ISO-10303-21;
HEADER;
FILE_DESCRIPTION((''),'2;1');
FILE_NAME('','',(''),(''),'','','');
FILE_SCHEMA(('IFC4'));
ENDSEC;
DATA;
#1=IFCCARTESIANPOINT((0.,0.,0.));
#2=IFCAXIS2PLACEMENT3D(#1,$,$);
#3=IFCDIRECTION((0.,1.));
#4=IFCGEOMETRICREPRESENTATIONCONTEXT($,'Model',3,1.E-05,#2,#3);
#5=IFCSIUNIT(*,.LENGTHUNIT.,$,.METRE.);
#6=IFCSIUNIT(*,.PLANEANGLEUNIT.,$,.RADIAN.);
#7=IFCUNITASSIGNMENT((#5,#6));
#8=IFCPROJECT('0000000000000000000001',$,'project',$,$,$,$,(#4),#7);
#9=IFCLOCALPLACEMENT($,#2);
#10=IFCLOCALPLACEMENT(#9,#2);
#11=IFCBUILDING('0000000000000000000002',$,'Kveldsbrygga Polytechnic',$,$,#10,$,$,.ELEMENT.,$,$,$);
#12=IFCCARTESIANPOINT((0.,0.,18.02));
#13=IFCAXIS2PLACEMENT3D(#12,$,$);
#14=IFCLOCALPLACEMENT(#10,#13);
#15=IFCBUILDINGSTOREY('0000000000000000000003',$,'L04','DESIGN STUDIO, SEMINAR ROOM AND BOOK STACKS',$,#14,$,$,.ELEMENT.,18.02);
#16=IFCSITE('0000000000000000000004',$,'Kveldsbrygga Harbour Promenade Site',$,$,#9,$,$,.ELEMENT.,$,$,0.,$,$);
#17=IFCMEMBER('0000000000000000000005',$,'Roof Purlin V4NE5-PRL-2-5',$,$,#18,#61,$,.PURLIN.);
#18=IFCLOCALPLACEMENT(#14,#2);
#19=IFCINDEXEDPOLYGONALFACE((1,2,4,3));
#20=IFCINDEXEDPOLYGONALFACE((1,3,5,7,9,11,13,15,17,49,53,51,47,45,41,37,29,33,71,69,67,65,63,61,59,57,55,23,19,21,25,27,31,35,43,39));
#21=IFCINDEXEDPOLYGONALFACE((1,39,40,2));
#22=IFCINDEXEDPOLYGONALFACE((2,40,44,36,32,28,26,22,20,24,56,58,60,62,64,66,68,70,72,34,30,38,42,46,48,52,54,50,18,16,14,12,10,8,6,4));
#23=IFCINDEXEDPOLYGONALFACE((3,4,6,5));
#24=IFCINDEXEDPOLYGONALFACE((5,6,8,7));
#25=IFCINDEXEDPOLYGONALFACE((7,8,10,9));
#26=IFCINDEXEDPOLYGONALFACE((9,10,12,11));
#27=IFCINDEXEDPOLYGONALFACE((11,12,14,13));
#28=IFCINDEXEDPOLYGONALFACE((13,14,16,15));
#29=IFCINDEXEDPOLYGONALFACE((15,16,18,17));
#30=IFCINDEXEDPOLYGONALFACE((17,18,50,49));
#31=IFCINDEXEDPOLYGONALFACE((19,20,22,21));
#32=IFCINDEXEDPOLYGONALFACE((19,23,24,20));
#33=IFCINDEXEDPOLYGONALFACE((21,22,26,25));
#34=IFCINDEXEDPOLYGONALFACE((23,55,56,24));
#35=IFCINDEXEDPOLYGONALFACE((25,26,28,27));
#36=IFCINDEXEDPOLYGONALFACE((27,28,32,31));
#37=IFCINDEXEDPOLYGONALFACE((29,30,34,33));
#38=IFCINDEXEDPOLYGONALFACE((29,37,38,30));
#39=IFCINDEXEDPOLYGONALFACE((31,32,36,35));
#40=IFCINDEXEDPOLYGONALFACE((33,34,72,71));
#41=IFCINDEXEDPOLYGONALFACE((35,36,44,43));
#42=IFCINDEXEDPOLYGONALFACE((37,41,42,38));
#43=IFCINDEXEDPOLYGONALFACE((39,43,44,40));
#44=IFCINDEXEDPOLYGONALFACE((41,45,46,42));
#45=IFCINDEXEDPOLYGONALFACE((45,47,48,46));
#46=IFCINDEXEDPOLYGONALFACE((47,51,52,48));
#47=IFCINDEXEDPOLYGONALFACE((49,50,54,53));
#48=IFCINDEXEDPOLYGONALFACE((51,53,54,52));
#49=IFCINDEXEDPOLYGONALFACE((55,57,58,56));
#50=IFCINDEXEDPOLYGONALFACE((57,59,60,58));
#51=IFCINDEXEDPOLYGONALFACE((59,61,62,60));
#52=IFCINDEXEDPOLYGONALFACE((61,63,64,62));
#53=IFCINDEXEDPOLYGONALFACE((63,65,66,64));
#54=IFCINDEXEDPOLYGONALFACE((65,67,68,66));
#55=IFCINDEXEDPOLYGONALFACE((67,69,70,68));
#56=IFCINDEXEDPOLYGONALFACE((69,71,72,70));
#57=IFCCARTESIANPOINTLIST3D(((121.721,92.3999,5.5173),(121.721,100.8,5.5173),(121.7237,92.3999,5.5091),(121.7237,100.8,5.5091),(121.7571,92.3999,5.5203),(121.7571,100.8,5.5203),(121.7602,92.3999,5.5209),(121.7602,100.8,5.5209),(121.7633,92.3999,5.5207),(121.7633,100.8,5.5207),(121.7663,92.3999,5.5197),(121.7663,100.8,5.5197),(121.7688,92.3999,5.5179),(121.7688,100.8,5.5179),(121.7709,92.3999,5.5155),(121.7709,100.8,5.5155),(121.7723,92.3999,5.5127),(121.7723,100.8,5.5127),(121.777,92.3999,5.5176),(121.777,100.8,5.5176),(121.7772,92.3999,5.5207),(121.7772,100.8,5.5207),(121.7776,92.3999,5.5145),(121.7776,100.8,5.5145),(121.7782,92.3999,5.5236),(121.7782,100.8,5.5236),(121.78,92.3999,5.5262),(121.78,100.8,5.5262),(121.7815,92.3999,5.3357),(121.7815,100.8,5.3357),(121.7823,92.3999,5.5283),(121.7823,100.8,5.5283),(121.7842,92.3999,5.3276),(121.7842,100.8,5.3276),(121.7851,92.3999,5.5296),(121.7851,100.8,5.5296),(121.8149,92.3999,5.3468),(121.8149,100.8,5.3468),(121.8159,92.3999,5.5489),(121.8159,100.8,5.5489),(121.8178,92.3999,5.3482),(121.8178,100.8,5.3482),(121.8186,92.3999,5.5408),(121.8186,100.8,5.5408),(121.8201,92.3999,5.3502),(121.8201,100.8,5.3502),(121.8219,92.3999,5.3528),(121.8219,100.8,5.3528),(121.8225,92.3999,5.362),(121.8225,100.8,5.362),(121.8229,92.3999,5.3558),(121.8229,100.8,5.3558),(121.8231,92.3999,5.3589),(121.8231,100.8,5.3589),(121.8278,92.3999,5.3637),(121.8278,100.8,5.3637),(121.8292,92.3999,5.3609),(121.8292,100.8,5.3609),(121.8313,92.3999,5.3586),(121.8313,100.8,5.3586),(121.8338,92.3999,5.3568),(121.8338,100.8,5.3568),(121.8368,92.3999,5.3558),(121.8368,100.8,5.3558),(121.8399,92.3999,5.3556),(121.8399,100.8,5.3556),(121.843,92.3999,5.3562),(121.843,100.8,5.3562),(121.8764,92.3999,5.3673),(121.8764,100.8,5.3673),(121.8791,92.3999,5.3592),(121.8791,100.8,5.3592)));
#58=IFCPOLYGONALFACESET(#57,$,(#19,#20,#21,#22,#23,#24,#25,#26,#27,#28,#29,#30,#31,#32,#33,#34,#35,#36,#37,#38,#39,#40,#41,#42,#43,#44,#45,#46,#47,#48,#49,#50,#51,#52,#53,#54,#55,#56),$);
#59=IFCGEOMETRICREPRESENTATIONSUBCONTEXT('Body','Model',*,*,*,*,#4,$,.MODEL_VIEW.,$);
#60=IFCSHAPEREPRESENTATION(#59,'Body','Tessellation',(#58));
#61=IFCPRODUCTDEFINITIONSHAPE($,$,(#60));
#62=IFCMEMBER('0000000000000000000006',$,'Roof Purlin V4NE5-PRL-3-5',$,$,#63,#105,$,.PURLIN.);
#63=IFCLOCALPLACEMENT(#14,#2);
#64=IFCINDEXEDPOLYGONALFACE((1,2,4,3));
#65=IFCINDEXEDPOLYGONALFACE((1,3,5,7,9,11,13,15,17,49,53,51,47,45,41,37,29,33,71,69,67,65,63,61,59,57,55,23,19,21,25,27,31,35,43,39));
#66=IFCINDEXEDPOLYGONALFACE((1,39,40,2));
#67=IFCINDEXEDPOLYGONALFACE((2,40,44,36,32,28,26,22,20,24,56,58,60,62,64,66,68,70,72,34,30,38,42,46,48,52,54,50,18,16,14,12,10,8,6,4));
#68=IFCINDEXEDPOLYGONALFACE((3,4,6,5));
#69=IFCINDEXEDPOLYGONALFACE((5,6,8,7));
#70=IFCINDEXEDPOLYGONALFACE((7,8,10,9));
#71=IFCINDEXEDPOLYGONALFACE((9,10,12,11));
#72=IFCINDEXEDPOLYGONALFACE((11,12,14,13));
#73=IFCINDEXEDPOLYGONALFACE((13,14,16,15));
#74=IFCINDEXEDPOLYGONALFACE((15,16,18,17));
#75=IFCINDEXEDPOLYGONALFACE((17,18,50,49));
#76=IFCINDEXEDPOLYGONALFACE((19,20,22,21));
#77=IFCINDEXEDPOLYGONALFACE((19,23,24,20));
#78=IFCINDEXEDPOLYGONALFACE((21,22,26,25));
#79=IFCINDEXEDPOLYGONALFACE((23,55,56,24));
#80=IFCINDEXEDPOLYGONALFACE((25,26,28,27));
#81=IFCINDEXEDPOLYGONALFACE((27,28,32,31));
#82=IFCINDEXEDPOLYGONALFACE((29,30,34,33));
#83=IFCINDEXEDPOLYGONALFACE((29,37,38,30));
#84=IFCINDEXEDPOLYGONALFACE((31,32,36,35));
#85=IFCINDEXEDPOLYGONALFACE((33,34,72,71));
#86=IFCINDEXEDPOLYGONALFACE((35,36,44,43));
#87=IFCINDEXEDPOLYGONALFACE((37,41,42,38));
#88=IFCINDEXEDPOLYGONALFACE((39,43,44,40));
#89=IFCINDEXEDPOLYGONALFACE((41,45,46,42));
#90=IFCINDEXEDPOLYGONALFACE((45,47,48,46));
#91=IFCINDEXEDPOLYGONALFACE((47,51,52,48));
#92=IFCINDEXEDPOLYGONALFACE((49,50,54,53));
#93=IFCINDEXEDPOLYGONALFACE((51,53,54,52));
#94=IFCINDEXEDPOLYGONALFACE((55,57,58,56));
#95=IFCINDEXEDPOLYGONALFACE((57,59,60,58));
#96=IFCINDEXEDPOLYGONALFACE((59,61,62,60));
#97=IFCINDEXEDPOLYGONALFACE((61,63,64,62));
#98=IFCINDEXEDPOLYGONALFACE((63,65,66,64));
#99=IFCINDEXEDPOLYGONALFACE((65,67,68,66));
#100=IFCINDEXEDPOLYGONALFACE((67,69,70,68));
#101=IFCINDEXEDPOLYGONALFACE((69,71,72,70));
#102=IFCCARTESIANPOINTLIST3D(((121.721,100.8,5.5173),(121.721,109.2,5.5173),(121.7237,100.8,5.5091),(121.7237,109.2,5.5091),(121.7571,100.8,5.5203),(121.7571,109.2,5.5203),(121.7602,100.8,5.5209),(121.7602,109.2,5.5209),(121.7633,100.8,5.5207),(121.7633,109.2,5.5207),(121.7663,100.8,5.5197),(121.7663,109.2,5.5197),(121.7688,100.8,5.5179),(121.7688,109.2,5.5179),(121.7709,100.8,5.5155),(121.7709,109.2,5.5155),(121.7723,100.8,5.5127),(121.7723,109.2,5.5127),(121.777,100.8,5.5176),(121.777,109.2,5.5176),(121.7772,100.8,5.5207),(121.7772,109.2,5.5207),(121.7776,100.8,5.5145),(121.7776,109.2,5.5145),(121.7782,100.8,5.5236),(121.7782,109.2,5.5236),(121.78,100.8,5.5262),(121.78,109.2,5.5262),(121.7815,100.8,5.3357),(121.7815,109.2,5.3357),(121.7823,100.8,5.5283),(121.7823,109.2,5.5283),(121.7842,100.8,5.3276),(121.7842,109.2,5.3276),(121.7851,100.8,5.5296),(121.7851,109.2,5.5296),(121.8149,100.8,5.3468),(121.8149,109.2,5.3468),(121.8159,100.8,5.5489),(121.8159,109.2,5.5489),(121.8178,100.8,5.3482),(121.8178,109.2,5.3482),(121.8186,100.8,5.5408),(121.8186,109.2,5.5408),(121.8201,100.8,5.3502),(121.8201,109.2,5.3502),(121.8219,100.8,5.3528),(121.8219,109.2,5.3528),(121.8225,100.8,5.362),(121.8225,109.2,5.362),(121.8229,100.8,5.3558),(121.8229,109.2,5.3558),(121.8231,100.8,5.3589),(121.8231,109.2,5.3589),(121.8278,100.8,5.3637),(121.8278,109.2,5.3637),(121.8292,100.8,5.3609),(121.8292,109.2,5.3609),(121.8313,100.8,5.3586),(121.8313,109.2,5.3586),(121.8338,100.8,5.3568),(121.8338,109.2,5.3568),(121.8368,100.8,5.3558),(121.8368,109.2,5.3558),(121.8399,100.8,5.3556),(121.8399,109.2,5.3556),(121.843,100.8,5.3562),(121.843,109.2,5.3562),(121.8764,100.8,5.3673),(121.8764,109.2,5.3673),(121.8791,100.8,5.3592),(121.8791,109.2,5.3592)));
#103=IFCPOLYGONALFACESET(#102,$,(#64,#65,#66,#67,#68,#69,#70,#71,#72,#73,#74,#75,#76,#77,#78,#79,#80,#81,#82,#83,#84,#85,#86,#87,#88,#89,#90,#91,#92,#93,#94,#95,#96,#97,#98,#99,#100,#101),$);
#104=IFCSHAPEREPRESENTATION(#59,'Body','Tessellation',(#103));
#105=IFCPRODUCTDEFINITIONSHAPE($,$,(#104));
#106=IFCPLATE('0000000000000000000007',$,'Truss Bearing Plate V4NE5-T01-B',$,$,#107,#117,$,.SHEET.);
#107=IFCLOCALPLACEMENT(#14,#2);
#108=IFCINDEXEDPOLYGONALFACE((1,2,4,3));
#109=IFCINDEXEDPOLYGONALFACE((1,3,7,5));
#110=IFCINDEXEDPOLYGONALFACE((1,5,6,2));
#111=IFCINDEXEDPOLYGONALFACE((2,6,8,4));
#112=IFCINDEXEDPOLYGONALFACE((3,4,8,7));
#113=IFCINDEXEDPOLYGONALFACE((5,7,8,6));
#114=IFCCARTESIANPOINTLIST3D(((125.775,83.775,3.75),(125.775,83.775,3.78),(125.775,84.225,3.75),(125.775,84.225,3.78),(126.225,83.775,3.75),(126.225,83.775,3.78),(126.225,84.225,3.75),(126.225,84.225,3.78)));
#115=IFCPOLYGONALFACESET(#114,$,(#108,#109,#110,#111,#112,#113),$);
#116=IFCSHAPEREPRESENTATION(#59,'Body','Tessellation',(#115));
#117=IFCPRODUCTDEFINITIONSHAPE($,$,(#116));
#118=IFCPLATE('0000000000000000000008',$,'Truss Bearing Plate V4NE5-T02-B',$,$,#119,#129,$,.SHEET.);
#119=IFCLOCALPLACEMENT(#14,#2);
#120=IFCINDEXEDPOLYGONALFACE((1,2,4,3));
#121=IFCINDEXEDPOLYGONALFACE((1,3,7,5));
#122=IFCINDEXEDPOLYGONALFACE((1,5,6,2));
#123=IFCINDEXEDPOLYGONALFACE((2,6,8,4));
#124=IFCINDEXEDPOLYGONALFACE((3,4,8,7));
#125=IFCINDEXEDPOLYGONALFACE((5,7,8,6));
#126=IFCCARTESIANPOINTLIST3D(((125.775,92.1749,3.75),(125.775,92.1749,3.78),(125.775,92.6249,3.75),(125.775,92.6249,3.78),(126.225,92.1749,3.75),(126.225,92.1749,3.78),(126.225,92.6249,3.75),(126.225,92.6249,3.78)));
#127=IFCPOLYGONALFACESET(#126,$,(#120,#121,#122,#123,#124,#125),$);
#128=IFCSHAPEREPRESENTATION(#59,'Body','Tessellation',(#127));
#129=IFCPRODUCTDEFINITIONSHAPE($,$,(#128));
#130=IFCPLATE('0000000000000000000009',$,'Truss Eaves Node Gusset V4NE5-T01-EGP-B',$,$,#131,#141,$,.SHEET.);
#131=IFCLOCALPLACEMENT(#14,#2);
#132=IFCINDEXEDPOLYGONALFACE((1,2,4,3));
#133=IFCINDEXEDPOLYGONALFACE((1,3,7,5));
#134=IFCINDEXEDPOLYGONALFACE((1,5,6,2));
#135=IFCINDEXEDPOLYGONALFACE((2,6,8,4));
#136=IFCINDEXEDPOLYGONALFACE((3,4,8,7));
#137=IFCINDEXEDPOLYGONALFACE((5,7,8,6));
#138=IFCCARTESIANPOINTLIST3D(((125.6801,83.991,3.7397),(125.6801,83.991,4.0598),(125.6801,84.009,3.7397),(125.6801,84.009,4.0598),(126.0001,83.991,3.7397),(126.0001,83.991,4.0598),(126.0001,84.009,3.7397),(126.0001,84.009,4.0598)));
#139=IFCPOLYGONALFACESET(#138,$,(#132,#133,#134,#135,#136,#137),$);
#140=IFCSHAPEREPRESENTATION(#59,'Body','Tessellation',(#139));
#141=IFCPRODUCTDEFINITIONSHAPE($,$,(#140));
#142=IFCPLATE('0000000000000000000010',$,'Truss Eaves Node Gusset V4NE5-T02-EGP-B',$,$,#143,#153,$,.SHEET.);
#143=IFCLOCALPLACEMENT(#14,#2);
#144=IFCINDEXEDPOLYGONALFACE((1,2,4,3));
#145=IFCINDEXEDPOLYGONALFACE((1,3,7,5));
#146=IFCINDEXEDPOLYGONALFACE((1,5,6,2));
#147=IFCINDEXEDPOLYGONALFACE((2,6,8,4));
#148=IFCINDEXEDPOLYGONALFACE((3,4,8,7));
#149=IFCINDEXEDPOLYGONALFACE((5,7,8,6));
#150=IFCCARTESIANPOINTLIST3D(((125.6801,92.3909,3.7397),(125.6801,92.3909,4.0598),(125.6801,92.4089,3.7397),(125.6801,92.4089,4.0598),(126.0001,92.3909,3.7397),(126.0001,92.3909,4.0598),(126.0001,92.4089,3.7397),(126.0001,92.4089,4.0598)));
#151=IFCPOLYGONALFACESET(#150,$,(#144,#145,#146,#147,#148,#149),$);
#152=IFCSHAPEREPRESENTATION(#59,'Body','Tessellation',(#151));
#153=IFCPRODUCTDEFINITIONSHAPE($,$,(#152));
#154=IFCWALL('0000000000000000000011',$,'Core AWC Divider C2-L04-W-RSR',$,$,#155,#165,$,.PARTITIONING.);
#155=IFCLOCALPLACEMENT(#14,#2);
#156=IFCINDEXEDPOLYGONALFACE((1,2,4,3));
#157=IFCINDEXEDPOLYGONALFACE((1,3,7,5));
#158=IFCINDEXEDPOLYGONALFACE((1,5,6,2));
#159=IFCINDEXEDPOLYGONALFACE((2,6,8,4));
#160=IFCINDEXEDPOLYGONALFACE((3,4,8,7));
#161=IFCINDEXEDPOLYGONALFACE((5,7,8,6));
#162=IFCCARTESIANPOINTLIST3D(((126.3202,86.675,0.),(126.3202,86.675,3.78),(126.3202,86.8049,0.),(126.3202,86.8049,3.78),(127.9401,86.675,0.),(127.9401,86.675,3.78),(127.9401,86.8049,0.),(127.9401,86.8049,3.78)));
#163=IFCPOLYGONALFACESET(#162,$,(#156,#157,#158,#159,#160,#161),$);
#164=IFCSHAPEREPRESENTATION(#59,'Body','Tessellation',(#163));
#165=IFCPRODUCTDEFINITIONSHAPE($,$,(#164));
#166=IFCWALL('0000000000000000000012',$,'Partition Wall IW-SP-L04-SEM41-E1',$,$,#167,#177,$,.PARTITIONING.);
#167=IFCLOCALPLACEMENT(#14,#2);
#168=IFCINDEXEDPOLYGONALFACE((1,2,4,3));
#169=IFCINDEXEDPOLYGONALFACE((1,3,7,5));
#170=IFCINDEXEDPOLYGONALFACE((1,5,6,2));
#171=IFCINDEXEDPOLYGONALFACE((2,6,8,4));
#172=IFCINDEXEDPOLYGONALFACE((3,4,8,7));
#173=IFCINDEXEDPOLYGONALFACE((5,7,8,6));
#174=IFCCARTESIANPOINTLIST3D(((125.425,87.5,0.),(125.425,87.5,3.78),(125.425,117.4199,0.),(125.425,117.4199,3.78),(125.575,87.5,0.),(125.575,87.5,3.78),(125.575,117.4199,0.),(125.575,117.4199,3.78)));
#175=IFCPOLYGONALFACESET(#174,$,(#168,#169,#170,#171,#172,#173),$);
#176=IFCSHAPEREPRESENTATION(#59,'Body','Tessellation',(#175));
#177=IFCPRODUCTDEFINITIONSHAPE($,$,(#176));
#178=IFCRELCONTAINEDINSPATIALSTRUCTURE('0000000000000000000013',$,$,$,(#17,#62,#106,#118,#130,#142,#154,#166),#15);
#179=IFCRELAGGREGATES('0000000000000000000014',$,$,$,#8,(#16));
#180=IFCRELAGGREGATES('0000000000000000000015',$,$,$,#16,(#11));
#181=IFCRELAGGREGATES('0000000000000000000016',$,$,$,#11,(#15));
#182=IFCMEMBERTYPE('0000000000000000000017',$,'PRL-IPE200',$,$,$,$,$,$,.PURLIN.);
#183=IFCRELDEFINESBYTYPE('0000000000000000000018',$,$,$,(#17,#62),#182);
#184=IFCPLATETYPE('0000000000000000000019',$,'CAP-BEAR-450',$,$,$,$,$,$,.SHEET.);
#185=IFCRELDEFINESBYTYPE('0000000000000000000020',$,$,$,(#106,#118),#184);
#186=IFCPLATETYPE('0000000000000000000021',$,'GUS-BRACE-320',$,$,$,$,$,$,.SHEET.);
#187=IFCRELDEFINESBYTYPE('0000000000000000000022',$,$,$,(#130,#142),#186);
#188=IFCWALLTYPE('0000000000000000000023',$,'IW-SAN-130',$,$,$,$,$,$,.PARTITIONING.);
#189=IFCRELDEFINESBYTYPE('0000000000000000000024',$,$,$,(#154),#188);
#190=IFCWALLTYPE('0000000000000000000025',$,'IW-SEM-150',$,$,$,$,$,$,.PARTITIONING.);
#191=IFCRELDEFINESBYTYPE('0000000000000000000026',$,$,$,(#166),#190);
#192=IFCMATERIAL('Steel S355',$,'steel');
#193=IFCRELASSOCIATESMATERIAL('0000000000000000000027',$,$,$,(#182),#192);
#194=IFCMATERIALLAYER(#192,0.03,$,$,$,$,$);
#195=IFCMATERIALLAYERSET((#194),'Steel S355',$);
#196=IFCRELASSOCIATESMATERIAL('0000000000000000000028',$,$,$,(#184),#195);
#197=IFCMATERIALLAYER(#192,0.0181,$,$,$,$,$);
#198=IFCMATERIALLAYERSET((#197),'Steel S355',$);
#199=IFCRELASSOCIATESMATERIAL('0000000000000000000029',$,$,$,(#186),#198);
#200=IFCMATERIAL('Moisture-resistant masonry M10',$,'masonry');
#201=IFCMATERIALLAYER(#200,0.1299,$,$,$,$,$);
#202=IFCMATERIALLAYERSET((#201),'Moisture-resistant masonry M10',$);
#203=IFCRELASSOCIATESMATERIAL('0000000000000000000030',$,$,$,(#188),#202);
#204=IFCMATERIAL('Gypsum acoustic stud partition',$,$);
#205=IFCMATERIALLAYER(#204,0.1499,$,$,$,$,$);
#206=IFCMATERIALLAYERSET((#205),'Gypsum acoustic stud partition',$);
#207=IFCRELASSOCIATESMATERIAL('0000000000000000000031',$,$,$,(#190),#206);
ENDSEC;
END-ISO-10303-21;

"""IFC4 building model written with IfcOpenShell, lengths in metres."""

from ifc_helpers import new_model, si_unit, direction, frame, frame_2d, origin, origin_2d, place, context, subcontext, project, spatial, rectangle, i_section, extrude, material, layer, layer_set, material_profile, profile_set, type_object, element, save


model = new_model("IFC4")

# Units and contexts
model_context = context("Model", 3, precision=1e-05, world=origin(), true_north=direction((0.0, 1.0)))
body_context = subcontext(model_context, "Body", "Model", "MODEL_VIEW")
ifc_project = project(units=[si_unit("LENGTHUNIT", "METRE"), si_unit("PLANEANGLEUNIT", "RADIAN")], contexts=[model_context])

# Site, building, storey
site_placement = place(None, origin())
site = spatial("IfcSite", under=ifc_project, at=site_placement, Name="Kveldsbrygga Harbour Promenade Site", CompositionType="ELEMENT", RefElevation=0.0)
building_placement = place(site_placement, origin())
building = spatial("IfcBuilding", under=site, at=building_placement, Name="Kveldsbrygga Polytechnic", CompositionType="ELEMENT")
storey_placement = place(building_placement, frame((0.0, 0.0, 18.02)))
storey = spatial("IfcBuildingStorey", under=building, at=storey_placement, Name="L04", Description="DESIGN STUDIO, SEMINAR ROOM AND BOOK STACKS", CompositionType="ELEMENT", Elevation=18.02)

# Members
ifc_material_1 = material(Name="Steel S355", Category="steel")
ifc_material_profile_1 = material_profile(ifc_material_1, i_section(OverallWidth=0.1001, OverallDepth=0.2, WebThickness=0.0056, FlangeThickness=0.0085, FilletRadius=0.012, at=origin_2d()), Name="IPE 200")
ifc_profile_set_1 = profile_set([ifc_material_profile_1], Name="Steel S355")
member_type_1 = type_object("IfcMemberType", Name="PRL-IPE200", PredefinedType="PURLIN", material=ifc_profile_set_1)
member_1_placement = place(storey_placement, frame((121.8, 92.3999, 5.4382), z_axis=(0.0, 1.0, 0.0), x_axis=(-0.948684, 0.0, -0.316227)))
element("IfcMember", 1, at=member_1_placement, inside=storey, type_object=member_type_1, Name="Roof Purlin V4NE5-PRL-2-5", PredefinedType="PURLIN", context=body_context, shape_type="SweptSolid", body=[
    extrude(i_section(OverallWidth=0.1001, OverallDepth=0.2, WebThickness=0.0056, FlangeThickness=0.0085, FilletRadius=0.012, at=origin_2d()), origin(), (0.0, 0.0, 1.0), 8.4001),
])
member_2_placement = place(storey_placement, frame((121.8, 100.8, 5.4382), z_axis=(0.0, 1.0, 0.0), x_axis=(-0.948684, 0.0, -0.316227)))
element("IfcMember", 2, at=member_2_placement, inside=storey, type_object=member_type_1, Name="Roof Purlin V4NE5-PRL-3-5", PredefinedType="PURLIN", context=body_context, shape_type="SweptSolid", body=[
    extrude(i_section(OverallWidth=0.1001, OverallDepth=0.2, WebThickness=0.0056, FlangeThickness=0.0085, FilletRadius=0.012, at=origin_2d()), origin(), (0.0, 0.0, 1.0), 8.3999),
])

# Plates
ifc_layer_1 = layer(ifc_material_1, 0.03)
ifc_layer_set_1 = layer_set([ifc_layer_1], Name="Steel S355")
plate_type_1 = type_object("IfcPlateType", Name="CAP-BEAR-450", PredefinedType="SHEET", material=ifc_layer_set_1)
for number, where, z_axis, x_axis, name in (
    (3, (126.0, 84.0, 3.75), (0.0, 0.0, 1.0), (1.0, 0.0, 0.0), "Truss Bearing Plate V4NE5-T01-B"),
    (4, (126.0, 92.3999, 3.75), (0.0, 0.0, 1.0), (1.0, 0.0, 0.0), "Truss Bearing Plate V4NE5-T02-B"),
):
    element("IfcPlate", number, at=place(storey_placement, frame(where, z_axis=z_axis, x_axis=x_axis)), inside=storey, type_object=plate_type_1, Name=name, PredefinedType="SHEET", context=body_context, shape_type="SweptSolid", body=[
        extrude(rectangle(XDim=0.45, YDim=0.45, at=origin_2d()), origin(), (0.0, 0.0, 1.0), 0.03),
    ])
ifc_layer_2 = layer(ifc_material_1, 0.0181)
ifc_layer_set_2 = layer_set([ifc_layer_2], Name="Steel S355")
plate_type_2 = type_object("IfcPlateType", Name="GUS-BRACE-320", PredefinedType="SHEET", material=ifc_layer_set_2)
for number, where, z_axis, x_axis, name in (
    (5, (125.8401, 84.0, 3.7397), (0.0, 0.0, 1.0), (1.0, 0.0, 0.0), "Truss Eaves Node Gusset V4NE5-T01-EGP-B"),
    (6, (125.8401, 92.3999, 3.7397), (0.0, 0.0, 1.0), (1.0, 0.0, 0.0), "Truss Eaves Node Gusset V4NE5-T02-EGP-B"),
):
    element("IfcPlate", number, at=place(storey_placement, frame(where, z_axis=z_axis, x_axis=x_axis)), inside=storey, type_object=plate_type_2, Name=name, PredefinedType="SHEET", context=body_context, shape_type="SweptSolid", body=[
        extrude(rectangle(XDim=0.3201, YDim=0.0181, at=origin_2d()), origin(), (0.0, 0.0, 1.0), 0.3201),
    ])

# Walls
ifc_material_2 = material(Name="Moisture-resistant masonry M10", Category="masonry")
ifc_layer_3 = layer(ifc_material_2, 0.1299)
ifc_layer_set_3 = layer_set([ifc_layer_3], Name="Moisture-resistant masonry M10")
wall_type_1 = type_object("IfcWallType", Name="IW-SAN-130", PredefinedType="PARTITIONING", material=ifc_layer_set_3)
wall_1_placement = place(storey_placement, frame((126.3201, 86.74, 0.0), z_axis=(0.0, 0.0, 1.0), x_axis=(1.0, 0.0, 0.0)))
element("IfcWall", 7, at=wall_1_placement, inside=storey, type_object=wall_type_1, Name="Core AWC Divider C2-L04-W-RSR", PredefinedType="PARTITIONING", context=body_context, shape_type="SweptSolid", body=[
    extrude(rectangle(XDim=1.6199, YDim=0.1299, at=frame_2d((0.8101, 0.0))), origin(), (0.0, 0.0, 1.0), 3.78),
])
ifc_material_3 = material(Name="Gypsum acoustic stud partition")
ifc_layer_4 = layer(ifc_material_3, 0.1499)
ifc_layer_set_4 = layer_set([ifc_layer_4], Name="Gypsum acoustic stud partition")
wall_type_2 = type_object("IfcWallType", Name="IW-SEM-150", PredefinedType="PARTITIONING", material=ifc_layer_set_4)
wall_2_placement = place(storey_placement, frame((125.5, 87.5, 0.0), z_axis=(0.0, 0.0, 1.0), x_axis=(0.0, 1.0, 0.0)))
element("IfcWall", 8, at=wall_2_placement, inside=storey, type_object=wall_type_2, Name="Partition Wall IW-SP-L04-SEM41-E1", PredefinedType="PARTITIONING", context=body_context, shape_type="SweptSolid", body=[
    extrude(rectangle(XDim=29.9199, YDim=0.1499, at=frame_2d((14.96, 0.0))), origin(), (0.0, 0.0, 1.0), 3.78),
])

save(model, "model.ifc")
